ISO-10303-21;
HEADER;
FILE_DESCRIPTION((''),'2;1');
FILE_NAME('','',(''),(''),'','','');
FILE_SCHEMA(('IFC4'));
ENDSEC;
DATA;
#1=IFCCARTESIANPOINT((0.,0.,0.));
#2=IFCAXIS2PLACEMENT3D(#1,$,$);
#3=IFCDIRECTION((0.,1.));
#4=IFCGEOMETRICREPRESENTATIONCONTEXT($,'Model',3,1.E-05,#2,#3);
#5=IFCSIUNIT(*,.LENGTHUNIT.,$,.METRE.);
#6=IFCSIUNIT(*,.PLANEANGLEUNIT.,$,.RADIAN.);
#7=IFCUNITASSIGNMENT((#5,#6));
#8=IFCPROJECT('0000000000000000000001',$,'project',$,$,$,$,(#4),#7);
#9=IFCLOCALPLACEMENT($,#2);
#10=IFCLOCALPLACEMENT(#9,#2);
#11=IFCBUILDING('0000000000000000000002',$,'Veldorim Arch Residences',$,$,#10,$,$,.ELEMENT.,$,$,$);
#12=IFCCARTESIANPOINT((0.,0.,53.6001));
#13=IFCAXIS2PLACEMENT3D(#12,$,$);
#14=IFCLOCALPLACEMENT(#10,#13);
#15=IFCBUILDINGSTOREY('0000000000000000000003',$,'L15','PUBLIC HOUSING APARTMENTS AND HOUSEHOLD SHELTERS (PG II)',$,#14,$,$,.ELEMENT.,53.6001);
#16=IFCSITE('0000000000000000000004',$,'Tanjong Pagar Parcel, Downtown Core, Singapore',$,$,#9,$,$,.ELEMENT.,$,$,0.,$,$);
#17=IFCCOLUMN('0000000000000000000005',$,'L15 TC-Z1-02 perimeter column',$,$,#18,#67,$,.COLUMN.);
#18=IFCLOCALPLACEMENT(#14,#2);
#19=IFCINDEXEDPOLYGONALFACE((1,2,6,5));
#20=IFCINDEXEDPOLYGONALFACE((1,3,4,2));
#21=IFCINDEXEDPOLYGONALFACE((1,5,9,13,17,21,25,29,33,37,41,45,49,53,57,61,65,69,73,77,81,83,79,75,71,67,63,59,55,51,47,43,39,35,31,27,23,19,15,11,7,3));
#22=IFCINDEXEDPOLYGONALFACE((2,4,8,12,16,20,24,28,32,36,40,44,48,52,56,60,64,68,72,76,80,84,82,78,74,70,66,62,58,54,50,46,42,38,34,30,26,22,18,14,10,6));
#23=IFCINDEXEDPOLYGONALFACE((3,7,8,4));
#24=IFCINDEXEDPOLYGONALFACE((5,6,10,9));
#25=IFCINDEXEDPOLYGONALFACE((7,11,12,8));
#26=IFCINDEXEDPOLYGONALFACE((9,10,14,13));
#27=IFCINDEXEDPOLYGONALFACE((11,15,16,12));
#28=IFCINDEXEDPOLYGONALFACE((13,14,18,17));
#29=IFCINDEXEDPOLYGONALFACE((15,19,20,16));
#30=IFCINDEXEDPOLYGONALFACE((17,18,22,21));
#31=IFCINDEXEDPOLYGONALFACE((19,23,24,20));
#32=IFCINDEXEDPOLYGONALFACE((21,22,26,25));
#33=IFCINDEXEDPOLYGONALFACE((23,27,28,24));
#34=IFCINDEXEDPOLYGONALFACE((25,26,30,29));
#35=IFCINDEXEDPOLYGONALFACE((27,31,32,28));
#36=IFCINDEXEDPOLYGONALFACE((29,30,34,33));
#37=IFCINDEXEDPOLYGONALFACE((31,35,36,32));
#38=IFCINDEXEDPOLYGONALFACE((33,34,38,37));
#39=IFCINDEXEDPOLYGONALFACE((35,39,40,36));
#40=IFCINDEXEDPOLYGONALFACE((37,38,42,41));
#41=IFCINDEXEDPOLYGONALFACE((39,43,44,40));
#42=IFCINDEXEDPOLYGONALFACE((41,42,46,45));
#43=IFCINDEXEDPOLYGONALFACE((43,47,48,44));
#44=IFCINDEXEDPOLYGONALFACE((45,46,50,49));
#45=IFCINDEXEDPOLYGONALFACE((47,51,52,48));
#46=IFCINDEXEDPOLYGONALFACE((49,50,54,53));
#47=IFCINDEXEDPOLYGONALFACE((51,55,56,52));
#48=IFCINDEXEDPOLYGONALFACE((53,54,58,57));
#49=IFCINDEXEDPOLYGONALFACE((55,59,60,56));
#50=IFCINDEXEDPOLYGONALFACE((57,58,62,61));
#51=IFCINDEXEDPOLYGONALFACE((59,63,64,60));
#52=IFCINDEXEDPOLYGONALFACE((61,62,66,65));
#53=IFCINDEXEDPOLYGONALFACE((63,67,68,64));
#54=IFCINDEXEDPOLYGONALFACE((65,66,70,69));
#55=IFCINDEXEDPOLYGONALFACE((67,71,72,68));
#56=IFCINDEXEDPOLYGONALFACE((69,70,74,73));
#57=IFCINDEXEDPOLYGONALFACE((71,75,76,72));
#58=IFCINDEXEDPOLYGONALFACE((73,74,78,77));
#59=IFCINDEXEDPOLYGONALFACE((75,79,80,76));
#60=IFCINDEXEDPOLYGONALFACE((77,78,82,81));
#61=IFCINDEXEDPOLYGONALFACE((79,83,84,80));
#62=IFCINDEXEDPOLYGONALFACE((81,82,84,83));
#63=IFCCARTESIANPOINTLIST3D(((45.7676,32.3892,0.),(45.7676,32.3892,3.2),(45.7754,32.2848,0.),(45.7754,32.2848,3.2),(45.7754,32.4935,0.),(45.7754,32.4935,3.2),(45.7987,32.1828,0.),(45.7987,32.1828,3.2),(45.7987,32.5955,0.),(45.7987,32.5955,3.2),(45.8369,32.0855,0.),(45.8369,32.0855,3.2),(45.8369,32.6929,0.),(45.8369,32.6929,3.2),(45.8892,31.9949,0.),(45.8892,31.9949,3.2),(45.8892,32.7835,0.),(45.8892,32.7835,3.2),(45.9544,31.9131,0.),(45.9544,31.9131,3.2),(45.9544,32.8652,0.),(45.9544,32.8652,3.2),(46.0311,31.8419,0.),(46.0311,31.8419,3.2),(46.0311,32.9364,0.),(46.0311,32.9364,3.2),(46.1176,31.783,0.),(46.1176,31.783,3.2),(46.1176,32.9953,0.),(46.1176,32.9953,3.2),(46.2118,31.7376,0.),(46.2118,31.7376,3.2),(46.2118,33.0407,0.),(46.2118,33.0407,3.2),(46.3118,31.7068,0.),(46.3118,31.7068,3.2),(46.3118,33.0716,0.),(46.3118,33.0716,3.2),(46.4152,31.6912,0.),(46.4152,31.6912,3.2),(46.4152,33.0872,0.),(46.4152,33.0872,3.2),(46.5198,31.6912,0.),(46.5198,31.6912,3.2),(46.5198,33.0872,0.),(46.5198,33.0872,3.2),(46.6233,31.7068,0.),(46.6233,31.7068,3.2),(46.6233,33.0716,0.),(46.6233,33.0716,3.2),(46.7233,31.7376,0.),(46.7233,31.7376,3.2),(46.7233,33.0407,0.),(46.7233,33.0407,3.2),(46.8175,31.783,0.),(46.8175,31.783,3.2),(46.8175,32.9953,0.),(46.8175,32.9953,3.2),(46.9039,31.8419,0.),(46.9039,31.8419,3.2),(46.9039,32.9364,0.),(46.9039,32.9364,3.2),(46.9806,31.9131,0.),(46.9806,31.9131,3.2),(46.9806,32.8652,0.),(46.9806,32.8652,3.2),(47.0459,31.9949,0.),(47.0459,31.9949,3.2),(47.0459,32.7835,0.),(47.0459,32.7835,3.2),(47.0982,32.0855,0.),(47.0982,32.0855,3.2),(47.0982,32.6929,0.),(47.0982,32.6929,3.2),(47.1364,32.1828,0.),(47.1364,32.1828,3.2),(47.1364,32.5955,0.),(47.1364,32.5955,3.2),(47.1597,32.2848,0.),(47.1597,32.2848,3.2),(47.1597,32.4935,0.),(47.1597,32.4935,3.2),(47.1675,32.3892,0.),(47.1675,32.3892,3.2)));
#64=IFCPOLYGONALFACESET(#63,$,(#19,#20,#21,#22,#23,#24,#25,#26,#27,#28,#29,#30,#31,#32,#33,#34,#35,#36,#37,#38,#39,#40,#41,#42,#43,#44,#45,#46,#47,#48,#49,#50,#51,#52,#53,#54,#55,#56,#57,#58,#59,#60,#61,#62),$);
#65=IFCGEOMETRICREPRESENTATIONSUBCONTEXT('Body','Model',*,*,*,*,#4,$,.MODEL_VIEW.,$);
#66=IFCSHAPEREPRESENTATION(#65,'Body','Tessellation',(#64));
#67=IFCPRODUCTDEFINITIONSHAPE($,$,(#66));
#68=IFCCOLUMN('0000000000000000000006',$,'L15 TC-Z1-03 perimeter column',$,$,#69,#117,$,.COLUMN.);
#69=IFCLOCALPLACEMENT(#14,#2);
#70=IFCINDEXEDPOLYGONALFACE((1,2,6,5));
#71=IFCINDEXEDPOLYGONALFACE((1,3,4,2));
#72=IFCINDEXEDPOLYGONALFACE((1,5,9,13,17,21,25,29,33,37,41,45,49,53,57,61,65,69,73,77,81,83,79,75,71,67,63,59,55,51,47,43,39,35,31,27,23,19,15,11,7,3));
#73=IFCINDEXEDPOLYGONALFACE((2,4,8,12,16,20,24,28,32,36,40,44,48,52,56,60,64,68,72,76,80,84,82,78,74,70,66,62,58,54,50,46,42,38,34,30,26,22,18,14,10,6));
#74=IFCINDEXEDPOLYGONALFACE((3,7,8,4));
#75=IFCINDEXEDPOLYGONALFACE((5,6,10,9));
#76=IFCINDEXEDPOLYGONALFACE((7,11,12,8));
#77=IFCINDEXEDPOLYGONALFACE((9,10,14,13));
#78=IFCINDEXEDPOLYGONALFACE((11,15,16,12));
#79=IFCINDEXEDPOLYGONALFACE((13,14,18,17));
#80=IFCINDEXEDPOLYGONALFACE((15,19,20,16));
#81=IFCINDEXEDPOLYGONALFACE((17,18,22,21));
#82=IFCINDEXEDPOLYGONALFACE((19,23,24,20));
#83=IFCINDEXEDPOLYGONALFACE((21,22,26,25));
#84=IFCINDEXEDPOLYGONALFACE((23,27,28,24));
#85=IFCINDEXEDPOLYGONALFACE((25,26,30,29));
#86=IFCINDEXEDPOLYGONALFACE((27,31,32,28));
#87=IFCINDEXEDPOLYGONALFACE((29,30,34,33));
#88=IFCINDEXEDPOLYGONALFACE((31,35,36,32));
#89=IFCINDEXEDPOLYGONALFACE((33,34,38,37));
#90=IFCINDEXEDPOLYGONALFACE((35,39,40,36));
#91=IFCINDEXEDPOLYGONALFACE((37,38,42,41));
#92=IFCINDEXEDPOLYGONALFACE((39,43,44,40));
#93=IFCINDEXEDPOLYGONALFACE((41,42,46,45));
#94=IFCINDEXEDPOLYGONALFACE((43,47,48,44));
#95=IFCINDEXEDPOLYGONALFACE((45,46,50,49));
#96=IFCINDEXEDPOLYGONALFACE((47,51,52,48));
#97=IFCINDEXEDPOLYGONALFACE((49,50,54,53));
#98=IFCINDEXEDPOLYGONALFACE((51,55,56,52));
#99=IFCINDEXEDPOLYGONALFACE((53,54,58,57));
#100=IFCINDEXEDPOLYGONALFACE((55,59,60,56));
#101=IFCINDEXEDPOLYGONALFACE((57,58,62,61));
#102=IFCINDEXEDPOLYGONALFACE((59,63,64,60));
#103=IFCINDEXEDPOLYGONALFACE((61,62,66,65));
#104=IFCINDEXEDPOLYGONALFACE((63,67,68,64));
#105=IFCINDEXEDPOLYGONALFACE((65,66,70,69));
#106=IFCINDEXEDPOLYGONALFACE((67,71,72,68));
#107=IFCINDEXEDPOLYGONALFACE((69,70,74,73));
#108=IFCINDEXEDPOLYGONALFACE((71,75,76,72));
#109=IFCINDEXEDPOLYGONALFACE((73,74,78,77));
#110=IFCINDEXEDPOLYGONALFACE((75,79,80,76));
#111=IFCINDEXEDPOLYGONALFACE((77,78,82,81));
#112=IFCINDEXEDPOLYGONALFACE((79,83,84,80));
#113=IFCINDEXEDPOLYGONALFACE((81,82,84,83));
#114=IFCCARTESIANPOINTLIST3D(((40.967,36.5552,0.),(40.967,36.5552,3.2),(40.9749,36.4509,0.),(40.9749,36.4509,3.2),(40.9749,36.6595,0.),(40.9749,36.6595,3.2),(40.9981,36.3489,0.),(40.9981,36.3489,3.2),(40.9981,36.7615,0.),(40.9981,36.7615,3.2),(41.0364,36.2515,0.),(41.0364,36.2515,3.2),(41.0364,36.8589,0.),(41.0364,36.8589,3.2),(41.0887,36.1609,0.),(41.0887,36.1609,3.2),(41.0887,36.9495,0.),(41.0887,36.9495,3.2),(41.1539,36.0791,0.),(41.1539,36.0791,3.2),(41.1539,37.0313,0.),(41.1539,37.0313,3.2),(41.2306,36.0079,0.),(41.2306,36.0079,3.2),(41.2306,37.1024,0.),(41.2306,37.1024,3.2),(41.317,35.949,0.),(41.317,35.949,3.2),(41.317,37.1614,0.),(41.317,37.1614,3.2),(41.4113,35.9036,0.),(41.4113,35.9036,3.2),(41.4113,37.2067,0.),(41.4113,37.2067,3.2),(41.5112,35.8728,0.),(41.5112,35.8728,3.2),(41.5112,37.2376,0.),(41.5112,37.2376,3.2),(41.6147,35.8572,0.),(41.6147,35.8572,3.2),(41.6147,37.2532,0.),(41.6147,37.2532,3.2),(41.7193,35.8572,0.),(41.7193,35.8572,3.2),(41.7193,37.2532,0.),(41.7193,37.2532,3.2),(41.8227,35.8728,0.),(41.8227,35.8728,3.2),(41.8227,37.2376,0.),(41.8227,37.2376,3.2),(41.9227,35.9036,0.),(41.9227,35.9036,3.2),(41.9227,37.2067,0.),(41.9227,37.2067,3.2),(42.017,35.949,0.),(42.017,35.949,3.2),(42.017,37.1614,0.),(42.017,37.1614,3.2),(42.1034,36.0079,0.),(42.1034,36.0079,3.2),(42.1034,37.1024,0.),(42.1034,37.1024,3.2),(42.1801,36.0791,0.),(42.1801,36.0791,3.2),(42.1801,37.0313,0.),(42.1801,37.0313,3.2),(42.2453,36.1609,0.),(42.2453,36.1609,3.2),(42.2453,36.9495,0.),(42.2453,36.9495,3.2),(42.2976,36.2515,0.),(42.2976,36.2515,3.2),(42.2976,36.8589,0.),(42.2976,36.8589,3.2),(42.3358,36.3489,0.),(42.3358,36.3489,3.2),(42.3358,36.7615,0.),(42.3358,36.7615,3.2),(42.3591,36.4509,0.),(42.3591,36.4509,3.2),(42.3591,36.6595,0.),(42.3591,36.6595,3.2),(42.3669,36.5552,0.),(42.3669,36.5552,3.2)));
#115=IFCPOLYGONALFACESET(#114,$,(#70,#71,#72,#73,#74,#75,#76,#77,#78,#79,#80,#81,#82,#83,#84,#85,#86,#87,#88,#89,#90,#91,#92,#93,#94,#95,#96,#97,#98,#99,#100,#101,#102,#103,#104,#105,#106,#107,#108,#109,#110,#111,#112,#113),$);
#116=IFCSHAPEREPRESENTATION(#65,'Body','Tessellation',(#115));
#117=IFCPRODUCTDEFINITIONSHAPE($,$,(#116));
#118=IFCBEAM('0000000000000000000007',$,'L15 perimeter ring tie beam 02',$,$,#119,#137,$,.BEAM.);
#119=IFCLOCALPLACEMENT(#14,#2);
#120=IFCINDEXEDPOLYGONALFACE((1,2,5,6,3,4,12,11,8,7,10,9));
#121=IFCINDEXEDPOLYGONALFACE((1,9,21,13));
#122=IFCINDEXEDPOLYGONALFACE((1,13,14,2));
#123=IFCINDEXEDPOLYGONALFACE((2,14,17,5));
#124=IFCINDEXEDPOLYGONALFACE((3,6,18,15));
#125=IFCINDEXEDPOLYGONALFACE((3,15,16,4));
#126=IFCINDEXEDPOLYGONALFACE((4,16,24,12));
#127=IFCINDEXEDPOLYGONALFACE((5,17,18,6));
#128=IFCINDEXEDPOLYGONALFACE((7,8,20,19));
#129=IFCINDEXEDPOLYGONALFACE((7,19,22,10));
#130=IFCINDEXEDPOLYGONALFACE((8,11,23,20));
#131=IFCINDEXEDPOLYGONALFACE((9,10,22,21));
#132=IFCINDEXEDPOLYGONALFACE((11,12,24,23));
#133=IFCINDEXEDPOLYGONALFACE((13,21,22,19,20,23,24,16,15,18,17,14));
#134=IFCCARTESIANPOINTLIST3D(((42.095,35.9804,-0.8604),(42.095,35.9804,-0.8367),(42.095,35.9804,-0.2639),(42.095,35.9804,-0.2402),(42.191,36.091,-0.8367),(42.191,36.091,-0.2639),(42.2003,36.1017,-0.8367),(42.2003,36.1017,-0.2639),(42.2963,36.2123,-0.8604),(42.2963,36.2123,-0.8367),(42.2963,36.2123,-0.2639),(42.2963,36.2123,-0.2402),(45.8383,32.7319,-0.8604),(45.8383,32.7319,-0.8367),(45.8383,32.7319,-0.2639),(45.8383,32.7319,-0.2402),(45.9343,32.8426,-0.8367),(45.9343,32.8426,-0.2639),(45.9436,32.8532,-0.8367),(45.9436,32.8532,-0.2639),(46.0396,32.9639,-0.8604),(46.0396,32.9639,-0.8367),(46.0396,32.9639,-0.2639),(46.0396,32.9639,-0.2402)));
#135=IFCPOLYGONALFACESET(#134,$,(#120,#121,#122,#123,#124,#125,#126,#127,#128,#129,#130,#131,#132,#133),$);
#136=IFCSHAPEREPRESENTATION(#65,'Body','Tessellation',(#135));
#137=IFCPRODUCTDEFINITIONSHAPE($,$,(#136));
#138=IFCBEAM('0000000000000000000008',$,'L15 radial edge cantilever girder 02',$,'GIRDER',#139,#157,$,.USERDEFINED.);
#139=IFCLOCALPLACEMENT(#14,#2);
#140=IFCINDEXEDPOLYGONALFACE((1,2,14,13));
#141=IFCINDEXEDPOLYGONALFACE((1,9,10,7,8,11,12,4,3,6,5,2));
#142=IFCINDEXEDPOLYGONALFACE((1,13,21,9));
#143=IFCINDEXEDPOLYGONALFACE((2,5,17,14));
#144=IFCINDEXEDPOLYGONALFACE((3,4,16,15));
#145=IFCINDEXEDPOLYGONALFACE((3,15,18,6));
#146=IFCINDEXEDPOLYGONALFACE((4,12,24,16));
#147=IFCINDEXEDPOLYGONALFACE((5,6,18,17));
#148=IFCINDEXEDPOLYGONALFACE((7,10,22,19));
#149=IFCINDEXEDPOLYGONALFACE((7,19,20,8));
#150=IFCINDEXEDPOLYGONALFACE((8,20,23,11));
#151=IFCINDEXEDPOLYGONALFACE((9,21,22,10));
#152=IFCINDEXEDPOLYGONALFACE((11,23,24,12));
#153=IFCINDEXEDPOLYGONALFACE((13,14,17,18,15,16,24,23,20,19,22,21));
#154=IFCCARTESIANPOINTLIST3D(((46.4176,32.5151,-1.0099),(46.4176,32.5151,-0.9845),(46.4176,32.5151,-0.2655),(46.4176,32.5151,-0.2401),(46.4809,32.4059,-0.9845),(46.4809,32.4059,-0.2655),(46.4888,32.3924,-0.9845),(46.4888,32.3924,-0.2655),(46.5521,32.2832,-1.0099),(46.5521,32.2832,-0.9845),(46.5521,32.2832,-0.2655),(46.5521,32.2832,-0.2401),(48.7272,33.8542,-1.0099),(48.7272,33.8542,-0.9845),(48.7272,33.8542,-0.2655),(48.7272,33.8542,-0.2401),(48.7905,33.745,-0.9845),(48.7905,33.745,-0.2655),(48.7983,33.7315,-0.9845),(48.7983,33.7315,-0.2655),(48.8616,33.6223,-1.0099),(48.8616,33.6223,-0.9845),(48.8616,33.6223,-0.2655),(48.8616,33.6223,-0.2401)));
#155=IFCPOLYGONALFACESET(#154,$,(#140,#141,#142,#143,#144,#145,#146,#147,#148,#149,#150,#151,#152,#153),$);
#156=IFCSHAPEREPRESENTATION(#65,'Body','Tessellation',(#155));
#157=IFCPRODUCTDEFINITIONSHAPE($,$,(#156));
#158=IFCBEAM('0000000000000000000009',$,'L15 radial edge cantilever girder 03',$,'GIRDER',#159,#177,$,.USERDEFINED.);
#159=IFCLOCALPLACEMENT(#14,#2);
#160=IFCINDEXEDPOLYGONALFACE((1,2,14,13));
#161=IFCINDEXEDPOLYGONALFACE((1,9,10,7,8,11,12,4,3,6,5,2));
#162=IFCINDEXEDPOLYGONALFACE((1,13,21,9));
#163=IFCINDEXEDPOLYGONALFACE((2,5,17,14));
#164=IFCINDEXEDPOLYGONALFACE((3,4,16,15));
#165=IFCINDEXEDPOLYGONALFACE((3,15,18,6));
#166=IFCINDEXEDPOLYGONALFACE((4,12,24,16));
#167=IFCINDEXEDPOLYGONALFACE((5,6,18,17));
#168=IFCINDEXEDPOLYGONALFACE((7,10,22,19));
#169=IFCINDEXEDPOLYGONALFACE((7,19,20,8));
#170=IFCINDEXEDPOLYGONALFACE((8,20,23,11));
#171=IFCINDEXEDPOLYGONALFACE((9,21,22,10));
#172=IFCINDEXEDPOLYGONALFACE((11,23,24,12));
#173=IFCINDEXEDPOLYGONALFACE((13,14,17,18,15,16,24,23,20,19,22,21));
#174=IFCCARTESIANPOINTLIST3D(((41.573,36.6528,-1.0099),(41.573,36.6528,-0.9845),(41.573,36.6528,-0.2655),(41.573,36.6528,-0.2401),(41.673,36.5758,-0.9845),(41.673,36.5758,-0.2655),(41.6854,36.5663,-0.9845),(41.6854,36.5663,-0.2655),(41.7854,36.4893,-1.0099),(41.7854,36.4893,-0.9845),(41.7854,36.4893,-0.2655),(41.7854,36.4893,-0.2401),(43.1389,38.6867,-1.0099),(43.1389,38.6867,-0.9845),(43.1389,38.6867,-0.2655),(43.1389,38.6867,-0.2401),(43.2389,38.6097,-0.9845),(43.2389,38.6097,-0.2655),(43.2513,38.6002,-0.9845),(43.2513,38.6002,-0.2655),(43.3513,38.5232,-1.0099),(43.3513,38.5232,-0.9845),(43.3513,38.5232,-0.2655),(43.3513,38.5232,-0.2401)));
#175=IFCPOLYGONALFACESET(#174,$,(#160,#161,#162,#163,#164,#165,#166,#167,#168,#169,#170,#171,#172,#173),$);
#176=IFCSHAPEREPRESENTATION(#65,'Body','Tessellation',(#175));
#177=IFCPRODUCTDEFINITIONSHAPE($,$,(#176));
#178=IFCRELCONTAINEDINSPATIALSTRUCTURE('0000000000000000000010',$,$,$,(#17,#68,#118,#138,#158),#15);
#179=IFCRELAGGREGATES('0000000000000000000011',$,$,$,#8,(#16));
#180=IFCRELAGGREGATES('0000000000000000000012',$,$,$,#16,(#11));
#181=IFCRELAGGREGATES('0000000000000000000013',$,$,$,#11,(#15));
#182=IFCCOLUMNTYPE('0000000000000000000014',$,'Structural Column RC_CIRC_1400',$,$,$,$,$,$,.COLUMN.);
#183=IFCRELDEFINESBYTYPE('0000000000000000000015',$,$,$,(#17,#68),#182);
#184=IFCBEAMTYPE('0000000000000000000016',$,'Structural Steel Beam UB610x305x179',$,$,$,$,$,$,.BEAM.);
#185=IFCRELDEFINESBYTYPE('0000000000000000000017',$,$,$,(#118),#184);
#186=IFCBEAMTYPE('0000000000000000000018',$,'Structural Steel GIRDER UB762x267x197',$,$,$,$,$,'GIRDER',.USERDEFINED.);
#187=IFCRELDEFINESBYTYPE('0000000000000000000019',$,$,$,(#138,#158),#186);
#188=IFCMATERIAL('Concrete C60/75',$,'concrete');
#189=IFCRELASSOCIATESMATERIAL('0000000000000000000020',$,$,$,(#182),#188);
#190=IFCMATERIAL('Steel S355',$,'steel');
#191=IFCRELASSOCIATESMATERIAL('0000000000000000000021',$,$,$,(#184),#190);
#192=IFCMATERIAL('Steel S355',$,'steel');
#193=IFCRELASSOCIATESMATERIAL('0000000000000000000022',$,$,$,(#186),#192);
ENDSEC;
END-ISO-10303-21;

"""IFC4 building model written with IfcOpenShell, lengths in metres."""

from ifc_helpers import new_model, si_unit, direction, frame, origin, origin_2d, place, context, subcontext, project, spatial, circle, i_section, extrude, material, material_profile, profile_set, type_object, element, save


model = new_model("IFC4")

# Units and contexts
model_context = context("Model", 3, precision=1e-05, world=origin(), true_north=direction((0.0, 1.0)))
body_context = subcontext(model_context, "Body", "Model", "MODEL_VIEW")
ifc_project = project(units=[si_unit("LENGTHUNIT", "METRE"), si_unit("PLANEANGLEUNIT", "RADIAN")], contexts=[model_context])

# Site, building, storey
site_placement = place(None, origin())
site = spatial("IfcSite", under=ifc_project, at=site_placement, Name="Tanjong Pagar Parcel, Downtown Core, Singapore", CompositionType="ELEMENT", RefElevation=0.0)
building_placement = place(site_placement, origin())
building = spatial("IfcBuilding", under=site, at=building_placement, Name="Veldorim Arch Residences", CompositionType="ELEMENT")
storey_placement = place(building_placement, frame((0.0, 0.0, 53.6001)))
storey = spatial("IfcBuildingStorey", under=building, at=storey_placement, Name="L15", Description="PUBLIC HOUSING APARTMENTS AND HOUSEHOLD SHELTERS (PG II)", CompositionType="ELEMENT", Elevation=53.6001)

# Columns
ifc_material_1 = material(Name="Concrete C60/75", Category="concrete")
ifc_material_profile_1 = material_profile(ifc_material_1, circle(Radius=0.7, at=origin_2d()), Name="RC_CIRC_1400")
ifc_profile_set_1 = profile_set([ifc_material_profile_1], Name="Concrete C60/75")
column_type = type_object("IfcColumnType", Name="Structural Column RC_CIRC_1400", PredefinedType="COLUMN", material=ifc_profile_set_1)
for number, where, z_axis, x_axis, name in (
    (1, (46.4675, 32.3892, 0.0), (0.0, 0.0, 1.0), (1.0, 0.0, 0.0), "L15 TC-Z1-02 perimeter column"),
    (2, (41.667, 36.5552, 0.0), (0.0, 0.0, 1.0), (1.0, 0.0, 0.0), "L15 TC-Z1-03 perimeter column"),
):
    element("IfcColumn", number, at=place(storey_placement, frame(where, z_axis=z_axis, x_axis=x_axis)), inside=storey, type_object=column_type, Name=name, PredefinedType="COLUMN", context=body_context, shape_type="SweptSolid", body=[
        extrude(circle(Radius=0.7, at=origin_2d()), origin(), (0.0, 0.0, 1.0), 3.2),
    ])

# Beams
ifc_material_2 = material(Name="Steel S355", Category="steel")
ifc_material_profile_2 = material_profile(ifc_material_2, i_section(OverallWidth=0.3071, OverallDepth=0.6201, WebThickness=0.0142, FlangeThickness=0.0237, at=origin_2d()), Name="UB610x305x179")
ifc_profile_set_2 = profile_set([ifc_material_profile_2], Name="Steel S355")
beam_type_1 = type_object("IfcBeamType", Name="Structural Steel Beam UB610x305x179", PredefinedType="BEAM", material=ifc_profile_set_2)
beam_1_placement = place(storey_placement, frame((45.939, 32.8479, -0.5503), z_axis=(-0.755265, 0.65542, 0.0), x_axis=(-0.65542, -0.755265, 0.0)))
element("IfcBeam", 3, at=beam_1_placement, inside=storey, type_object=beam_type_1, Name="L15 perimeter ring tie beam 02", PredefinedType="BEAM", context=body_context, shape_type="SweptSolid", body=[
    extrude(i_section(OverallWidth=0.3071, OverallDepth=0.6201, WebThickness=0.0142, FlangeThickness=0.0237, at=origin_2d()), origin(), (0.0, 0.0, 1.0), 4.9563),
])
ifc_material_3 = material(Name="Steel S355", Category="steel")
ifc_material_profile_3 = material_profile(ifc_material_3, i_section(OverallWidth=0.2681, OverallDepth=0.7698, WebThickness=0.0156, FlangeThickness=0.0254, at=origin_2d()), Name="UB762x267x197")
ifc_profile_set_3 = profile_set([ifc_material_profile_3], Name="Steel S355")
beam_type_2 = type_object("IfcBeamType", Name="Structural Steel GIRDER UB762x267x197", ElementType="GIRDER", PredefinedType="USERDEFINED", material=ifc_profile_set_3)
beam_2_placement = place(storey_placement, frame((46.4849, 32.3992, -0.625), z_axis=(0.865103, 0.501595, 0.0), x_axis=(-0.501595, 0.865103, 0.0)))
element("IfcBeam", 4, at=beam_2_placement, inside=storey, type_object=beam_type_2, Name="L15 radial edge cantilever girder 02", ObjectType="GIRDER", PredefinedType="USERDEFINED", context=body_context, shape_type="SweptSolid", body=[
    extrude(i_section(OverallWidth=0.2681, OverallDepth=0.7698, WebThickness=0.0156, FlangeThickness=0.0254, at=origin_2d()), origin(), (0.0, 0.0, 1.0), 2.6697),
])
beam_3_placement = place(storey_placement, frame((41.6792, 36.571, -0.625), z_axis=(0.610042, 0.792369, 0.0), x_axis=(-0.792369, 0.610042, 0.0)))
element("IfcBeam", 5, at=beam_3_placement, inside=storey, type_object=beam_type_2, Name="L15 radial edge cantilever girder 03", ObjectType="GIRDER", PredefinedType="USERDEFINED", context=body_context, shape_type="SweptSolid", body=[
    extrude(i_section(OverallWidth=0.2681, OverallDepth=0.7698, WebThickness=0.0156, FlangeThickness=0.0254, at=origin_2d()), origin(), (0.0, 0.0, 1.0), 2.5669),
])

save(model, "model.ifc")
